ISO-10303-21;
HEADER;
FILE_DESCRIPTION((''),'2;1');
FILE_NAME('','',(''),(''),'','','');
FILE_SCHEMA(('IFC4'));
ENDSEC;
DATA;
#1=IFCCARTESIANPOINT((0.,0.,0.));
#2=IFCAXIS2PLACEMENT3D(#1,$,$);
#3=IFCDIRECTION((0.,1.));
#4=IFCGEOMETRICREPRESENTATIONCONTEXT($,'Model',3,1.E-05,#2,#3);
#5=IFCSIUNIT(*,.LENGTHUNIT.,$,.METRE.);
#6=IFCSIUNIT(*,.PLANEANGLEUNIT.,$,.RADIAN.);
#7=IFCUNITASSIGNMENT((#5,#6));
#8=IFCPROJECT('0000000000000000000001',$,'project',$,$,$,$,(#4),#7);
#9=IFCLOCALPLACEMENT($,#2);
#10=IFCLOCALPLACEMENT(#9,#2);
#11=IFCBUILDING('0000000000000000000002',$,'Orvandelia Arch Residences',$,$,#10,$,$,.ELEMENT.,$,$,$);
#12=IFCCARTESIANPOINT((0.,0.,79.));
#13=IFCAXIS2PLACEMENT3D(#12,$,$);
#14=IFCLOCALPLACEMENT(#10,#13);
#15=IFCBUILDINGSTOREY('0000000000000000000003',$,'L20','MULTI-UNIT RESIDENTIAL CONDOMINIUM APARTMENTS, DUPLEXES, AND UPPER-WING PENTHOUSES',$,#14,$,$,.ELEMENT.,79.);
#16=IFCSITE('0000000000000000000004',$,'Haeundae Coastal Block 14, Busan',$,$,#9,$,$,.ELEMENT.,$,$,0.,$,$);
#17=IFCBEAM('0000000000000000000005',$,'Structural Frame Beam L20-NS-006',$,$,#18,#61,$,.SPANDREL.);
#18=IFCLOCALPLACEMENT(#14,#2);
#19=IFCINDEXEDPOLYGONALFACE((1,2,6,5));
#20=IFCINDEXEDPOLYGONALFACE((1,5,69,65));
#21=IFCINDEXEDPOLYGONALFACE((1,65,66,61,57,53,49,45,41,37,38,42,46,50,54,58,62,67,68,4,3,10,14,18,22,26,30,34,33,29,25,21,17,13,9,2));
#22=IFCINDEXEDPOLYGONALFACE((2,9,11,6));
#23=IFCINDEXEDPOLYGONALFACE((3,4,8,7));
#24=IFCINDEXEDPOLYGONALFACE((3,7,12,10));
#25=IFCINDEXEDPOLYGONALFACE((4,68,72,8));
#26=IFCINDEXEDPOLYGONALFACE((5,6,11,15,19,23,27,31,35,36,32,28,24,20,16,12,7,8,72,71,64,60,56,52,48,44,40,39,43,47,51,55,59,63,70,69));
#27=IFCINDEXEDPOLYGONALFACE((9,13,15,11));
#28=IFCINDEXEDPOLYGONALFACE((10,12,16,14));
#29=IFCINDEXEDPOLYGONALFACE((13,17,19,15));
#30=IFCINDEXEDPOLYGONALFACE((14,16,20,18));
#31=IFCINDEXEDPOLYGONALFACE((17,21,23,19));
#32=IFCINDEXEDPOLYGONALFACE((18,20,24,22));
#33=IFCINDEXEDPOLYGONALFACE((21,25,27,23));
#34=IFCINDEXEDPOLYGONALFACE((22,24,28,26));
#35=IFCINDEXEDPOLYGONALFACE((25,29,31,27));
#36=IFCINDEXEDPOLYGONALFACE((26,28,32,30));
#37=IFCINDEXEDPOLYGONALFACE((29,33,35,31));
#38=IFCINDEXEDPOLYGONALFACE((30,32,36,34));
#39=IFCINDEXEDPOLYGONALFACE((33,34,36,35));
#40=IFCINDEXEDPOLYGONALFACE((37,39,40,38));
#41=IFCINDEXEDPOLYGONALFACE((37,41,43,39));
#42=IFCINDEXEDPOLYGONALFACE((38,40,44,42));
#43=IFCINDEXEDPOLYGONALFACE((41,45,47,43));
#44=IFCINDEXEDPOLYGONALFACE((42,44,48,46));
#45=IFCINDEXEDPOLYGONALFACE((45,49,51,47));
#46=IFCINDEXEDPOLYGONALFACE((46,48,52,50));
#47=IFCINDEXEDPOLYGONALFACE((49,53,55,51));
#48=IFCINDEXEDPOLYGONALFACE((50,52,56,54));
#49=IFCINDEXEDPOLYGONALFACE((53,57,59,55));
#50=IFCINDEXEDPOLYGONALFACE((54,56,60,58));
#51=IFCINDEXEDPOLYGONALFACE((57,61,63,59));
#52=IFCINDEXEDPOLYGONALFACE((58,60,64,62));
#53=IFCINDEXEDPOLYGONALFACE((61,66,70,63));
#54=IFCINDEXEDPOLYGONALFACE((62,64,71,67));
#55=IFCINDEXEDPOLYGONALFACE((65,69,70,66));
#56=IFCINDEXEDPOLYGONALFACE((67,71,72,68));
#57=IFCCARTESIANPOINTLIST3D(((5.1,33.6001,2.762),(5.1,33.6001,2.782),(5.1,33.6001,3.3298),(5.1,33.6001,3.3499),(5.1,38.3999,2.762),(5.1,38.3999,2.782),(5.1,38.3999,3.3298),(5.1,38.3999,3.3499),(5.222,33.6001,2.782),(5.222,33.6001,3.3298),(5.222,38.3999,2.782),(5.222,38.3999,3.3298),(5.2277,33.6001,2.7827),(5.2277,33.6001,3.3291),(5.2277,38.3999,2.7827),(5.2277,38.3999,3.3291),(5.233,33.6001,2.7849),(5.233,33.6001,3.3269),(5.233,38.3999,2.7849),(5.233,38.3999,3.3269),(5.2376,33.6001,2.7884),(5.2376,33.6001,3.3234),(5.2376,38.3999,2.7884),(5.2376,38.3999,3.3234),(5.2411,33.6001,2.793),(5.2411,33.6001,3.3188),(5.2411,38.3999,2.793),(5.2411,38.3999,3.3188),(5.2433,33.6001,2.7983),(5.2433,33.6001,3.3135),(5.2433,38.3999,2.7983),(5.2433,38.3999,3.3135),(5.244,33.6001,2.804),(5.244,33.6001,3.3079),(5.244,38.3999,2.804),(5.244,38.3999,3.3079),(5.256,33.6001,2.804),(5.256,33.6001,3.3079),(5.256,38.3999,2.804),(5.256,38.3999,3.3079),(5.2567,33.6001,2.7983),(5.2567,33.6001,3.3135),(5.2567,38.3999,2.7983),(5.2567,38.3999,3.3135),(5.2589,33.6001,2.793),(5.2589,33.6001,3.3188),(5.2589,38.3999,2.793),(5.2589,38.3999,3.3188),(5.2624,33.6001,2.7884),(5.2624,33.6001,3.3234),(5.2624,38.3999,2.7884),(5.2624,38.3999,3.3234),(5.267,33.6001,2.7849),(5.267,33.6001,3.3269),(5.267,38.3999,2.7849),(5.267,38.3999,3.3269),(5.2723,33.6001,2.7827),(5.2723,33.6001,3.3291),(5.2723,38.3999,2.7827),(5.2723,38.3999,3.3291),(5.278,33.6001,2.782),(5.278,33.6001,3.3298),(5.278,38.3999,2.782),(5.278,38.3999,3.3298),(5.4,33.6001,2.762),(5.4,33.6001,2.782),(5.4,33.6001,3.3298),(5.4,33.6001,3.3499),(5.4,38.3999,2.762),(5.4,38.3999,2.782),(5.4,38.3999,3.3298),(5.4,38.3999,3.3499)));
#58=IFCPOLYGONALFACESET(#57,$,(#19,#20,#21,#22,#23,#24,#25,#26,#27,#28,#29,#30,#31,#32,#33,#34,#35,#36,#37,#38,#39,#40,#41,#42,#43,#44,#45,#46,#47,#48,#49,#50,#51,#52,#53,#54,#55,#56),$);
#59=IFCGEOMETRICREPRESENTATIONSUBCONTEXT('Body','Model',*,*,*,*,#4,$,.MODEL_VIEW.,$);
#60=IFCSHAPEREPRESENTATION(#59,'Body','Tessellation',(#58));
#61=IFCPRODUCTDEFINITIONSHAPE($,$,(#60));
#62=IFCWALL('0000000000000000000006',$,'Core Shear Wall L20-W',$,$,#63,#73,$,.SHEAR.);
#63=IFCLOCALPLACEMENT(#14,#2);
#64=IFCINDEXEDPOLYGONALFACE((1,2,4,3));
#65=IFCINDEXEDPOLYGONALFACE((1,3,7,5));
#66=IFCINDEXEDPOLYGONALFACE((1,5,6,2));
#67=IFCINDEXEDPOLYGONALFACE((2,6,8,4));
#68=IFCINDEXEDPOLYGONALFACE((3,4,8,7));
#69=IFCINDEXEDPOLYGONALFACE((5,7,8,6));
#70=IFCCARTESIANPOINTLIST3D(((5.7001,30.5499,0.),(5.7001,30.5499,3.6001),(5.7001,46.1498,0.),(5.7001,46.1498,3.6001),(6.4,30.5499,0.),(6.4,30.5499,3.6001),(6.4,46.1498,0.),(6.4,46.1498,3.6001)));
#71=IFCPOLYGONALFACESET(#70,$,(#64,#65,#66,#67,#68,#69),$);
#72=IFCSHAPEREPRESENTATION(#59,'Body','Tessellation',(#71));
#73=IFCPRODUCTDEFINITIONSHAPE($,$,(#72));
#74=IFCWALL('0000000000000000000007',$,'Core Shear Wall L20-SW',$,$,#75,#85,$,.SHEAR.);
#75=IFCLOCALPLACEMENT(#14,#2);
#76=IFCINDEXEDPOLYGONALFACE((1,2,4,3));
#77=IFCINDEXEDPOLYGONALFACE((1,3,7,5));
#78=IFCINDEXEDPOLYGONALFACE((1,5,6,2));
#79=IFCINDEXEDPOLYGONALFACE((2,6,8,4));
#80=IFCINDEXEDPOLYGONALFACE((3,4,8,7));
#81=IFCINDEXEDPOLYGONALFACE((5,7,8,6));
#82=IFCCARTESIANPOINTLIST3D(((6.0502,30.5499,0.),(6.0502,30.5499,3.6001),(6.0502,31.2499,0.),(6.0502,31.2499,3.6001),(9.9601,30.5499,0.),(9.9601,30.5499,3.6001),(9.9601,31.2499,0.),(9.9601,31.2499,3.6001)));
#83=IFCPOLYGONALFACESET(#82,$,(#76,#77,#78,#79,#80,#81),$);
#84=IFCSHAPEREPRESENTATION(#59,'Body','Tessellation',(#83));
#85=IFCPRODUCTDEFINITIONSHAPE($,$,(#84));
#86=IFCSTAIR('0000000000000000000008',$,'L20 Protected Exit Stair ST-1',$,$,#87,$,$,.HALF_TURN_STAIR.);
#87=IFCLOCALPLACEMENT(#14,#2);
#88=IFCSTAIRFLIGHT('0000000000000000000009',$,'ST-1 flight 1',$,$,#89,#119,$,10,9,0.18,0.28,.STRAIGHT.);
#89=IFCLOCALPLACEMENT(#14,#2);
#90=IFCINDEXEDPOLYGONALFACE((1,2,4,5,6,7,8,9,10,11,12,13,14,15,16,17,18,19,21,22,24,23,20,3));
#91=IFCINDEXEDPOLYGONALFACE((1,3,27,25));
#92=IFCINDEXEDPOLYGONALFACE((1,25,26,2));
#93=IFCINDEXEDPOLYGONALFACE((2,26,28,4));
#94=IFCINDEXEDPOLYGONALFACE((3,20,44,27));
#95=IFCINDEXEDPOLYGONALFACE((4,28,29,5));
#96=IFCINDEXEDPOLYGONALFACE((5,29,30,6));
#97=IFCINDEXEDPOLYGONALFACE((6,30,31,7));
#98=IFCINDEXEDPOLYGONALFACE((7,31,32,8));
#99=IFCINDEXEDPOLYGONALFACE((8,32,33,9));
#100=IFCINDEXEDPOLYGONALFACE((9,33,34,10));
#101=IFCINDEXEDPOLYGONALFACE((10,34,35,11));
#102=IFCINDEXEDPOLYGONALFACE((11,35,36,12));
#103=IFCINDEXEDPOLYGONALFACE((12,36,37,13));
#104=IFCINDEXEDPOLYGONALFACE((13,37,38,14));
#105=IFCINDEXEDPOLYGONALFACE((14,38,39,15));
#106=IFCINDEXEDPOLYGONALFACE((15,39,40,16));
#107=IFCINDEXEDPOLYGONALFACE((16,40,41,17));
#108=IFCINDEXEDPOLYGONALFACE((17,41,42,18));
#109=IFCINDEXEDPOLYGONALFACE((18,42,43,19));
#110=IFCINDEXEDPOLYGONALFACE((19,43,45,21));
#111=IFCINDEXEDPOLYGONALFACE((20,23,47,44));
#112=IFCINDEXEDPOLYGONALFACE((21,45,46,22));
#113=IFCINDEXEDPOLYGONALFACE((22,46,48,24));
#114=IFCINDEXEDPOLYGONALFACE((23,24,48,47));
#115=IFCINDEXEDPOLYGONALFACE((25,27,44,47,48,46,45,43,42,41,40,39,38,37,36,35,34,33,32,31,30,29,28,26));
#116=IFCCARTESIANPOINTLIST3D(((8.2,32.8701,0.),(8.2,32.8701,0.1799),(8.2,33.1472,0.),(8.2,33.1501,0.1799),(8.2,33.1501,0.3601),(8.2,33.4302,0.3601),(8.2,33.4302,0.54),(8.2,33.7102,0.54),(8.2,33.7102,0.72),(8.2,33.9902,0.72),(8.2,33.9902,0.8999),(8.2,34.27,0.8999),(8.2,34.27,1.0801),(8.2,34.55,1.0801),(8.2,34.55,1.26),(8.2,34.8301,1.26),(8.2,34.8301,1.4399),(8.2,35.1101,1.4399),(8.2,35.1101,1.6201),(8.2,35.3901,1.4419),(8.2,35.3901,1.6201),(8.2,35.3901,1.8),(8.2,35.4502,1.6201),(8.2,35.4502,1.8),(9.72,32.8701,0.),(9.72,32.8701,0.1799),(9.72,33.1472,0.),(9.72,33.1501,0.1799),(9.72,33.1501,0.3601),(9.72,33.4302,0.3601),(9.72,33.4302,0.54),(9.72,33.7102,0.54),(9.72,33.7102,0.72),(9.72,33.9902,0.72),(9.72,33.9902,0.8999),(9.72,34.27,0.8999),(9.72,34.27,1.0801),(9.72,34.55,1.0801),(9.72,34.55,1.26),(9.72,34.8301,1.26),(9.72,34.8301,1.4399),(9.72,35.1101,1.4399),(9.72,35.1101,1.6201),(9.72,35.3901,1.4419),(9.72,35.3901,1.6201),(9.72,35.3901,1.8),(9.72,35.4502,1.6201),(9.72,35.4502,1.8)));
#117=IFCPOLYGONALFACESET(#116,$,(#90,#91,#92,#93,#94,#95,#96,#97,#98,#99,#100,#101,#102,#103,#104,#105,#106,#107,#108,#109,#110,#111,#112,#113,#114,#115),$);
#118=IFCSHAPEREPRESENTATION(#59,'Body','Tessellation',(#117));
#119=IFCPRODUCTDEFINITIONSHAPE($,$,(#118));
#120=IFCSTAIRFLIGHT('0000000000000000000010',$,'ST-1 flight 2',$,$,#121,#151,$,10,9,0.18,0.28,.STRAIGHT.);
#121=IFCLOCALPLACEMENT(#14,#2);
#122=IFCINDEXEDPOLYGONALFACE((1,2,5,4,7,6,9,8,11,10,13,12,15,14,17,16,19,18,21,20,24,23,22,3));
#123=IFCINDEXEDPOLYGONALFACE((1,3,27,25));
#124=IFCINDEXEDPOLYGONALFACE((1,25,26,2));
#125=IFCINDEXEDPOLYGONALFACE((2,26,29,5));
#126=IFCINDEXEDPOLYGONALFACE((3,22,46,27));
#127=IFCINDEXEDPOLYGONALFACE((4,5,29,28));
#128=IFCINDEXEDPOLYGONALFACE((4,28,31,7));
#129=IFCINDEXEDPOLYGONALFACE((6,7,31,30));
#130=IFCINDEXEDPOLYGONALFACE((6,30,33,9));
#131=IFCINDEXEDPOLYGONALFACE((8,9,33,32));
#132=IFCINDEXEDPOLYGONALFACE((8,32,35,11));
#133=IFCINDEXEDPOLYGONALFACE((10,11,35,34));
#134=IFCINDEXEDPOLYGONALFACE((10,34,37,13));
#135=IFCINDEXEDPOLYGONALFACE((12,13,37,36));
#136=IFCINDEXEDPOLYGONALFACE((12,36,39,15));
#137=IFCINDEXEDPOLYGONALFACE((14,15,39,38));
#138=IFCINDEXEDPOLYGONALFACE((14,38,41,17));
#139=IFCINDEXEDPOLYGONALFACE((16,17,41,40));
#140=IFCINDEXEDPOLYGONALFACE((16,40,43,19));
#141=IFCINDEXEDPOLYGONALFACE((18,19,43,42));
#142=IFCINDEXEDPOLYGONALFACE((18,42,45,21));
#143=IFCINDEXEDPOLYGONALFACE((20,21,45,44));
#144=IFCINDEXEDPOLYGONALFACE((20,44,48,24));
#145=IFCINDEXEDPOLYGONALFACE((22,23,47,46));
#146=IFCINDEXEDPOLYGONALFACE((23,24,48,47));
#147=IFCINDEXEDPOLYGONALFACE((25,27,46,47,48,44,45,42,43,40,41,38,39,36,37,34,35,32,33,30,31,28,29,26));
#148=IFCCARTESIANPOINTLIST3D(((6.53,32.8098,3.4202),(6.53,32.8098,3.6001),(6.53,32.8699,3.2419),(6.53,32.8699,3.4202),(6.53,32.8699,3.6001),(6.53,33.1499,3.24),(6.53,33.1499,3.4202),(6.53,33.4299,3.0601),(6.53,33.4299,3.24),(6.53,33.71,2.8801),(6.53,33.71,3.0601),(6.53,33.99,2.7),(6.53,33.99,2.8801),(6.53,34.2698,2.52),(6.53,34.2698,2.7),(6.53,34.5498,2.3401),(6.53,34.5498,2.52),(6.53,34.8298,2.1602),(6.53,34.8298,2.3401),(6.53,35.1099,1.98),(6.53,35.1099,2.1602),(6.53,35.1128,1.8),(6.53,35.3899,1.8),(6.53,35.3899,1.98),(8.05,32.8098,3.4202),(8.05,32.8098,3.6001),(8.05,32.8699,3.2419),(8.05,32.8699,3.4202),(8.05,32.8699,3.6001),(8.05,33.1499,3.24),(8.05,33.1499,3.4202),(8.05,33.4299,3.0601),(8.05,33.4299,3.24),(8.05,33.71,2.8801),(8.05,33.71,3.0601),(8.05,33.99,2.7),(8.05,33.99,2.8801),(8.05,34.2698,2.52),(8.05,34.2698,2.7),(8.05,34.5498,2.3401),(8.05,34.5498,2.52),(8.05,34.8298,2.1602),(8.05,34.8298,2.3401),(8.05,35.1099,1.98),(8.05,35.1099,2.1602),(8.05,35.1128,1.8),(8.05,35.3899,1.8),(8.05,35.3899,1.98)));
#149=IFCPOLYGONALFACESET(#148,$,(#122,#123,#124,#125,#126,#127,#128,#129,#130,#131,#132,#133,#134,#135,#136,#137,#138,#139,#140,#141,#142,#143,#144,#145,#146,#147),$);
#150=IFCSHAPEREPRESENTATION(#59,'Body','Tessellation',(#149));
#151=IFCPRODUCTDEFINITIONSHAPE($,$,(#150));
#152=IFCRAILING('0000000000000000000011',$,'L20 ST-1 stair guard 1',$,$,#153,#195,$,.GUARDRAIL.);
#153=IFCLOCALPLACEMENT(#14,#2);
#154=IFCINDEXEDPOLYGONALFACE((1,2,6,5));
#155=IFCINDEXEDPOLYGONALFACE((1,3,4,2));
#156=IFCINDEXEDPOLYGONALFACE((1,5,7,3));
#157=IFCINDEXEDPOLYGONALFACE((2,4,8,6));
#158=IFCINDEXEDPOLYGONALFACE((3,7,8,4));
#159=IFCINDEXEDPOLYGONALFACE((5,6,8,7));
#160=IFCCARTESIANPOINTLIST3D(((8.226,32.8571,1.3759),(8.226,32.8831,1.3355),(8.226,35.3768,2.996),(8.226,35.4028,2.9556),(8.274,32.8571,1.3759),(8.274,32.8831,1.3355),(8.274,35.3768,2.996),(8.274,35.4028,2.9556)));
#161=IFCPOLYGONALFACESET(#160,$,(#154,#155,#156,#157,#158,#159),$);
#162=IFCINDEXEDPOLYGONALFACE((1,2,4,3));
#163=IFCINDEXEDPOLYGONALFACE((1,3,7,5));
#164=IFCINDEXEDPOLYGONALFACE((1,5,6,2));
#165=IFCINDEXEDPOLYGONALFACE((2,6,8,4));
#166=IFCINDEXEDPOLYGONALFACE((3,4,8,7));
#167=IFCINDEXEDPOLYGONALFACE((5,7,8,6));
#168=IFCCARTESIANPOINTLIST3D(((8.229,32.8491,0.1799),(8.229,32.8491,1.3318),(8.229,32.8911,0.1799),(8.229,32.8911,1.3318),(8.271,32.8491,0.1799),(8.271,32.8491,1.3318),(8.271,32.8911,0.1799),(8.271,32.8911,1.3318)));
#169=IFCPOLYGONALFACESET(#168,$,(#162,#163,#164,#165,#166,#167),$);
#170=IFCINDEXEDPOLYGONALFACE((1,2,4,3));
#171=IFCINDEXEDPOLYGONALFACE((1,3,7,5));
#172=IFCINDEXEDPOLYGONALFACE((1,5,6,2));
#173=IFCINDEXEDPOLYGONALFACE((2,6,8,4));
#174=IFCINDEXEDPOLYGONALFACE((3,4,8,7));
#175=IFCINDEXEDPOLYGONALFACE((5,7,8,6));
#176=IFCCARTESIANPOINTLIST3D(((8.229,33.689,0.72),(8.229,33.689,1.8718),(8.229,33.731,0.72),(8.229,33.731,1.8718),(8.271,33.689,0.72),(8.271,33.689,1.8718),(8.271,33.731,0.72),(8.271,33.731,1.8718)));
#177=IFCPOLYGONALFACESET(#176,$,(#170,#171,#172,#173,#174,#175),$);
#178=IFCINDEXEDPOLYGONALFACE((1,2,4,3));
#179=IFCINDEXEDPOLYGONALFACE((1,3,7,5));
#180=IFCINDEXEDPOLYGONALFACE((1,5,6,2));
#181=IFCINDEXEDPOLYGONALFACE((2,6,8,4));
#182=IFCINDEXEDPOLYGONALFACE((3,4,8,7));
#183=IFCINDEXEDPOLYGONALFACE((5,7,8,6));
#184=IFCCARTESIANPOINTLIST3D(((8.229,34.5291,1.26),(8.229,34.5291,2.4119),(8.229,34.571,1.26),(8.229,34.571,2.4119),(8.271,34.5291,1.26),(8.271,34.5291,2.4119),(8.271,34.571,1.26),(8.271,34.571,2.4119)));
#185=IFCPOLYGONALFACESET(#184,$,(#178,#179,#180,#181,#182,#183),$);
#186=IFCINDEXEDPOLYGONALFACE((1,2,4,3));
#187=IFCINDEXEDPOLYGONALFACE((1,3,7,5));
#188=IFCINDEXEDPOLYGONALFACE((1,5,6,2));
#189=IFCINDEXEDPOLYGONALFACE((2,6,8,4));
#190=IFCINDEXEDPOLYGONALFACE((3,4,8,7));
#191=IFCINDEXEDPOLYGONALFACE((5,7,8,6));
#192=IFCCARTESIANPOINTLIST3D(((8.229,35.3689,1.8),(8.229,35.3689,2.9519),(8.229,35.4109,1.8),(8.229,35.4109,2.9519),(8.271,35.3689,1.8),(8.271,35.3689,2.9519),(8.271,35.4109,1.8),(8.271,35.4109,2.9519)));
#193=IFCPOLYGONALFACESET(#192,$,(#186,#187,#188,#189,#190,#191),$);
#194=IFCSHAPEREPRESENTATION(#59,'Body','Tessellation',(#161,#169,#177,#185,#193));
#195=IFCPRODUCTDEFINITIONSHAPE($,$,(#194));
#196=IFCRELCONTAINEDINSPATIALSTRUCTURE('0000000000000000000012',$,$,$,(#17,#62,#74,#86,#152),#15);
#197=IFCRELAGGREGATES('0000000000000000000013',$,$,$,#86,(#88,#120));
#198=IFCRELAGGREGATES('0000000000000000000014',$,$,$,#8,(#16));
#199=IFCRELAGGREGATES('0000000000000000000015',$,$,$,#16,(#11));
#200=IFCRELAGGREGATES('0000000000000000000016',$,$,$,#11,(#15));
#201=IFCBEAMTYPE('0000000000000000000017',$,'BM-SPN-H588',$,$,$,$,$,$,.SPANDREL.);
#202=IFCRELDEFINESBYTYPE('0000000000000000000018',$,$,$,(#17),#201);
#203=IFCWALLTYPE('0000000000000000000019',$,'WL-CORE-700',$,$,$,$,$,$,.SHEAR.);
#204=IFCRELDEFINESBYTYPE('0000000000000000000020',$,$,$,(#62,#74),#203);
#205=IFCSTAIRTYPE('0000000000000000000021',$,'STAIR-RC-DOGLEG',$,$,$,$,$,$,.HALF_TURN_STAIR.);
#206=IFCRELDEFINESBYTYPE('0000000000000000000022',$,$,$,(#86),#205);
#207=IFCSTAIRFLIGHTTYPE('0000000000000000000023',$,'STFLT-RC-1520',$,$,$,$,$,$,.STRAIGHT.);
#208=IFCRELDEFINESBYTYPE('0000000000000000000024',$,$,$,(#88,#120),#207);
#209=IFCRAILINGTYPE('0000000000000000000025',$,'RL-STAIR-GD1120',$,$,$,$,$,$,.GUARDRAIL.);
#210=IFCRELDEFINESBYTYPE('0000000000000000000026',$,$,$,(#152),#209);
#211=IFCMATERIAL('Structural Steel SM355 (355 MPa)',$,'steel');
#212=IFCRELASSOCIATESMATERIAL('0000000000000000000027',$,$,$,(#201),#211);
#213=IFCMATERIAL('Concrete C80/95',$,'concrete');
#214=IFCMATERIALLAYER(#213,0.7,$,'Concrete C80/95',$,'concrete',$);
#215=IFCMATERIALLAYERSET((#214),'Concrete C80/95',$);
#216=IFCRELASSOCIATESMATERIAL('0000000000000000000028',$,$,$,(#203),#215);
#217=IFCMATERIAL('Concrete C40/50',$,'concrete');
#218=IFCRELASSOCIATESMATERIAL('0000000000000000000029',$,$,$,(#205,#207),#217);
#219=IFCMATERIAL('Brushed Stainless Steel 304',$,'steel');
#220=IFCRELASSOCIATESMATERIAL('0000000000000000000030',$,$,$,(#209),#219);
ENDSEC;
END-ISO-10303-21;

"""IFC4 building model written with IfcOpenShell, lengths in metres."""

from ifc_helpers import new_model, si_unit, direction, frame, frame_2d, origin, origin_2d, place, context, subcontext, project, spatial, polyline, rectangle, i_section, outline, extrude, material, layer, layer_set, material_profile, profile_set, type_object, element, aggregate, save


model = new_model("IFC4")

# Units and contexts
model_context = context("Model", 3, precision=1e-05, world=origin(), true_north=direction((0.0, 1.0)))
body_context = subcontext(model_context, "Body", "Model", "MODEL_VIEW")
ifc_project = project(units=[si_unit("LENGTHUNIT", "METRE"), si_unit("PLANEANGLEUNIT", "RADIAN")], contexts=[model_context])

# Site, building, storey
site_placement = place(None, origin())
site = spatial("IfcSite", under=ifc_project, at=site_placement, Name="Haeundae Coastal Block 14, Busan", CompositionType="ELEMENT", RefElevation=0.0)
building_placement = place(site_placement, origin())
building = spatial("IfcBuilding", under=site, at=building_placement, Name="Orvandelia Arch Residences", CompositionType="ELEMENT")
storey_placement = place(building_placement, frame((0.0, 0.0, 79.0)))
storey = spatial("IfcBuildingStorey", under=building, at=storey_placement, Name="L20", Description="MULTI-UNIT RESIDENTIAL CONDOMINIUM APARTMENTS, DUPLEXES, AND UPPER-WING PENTHOUSES", CompositionType="ELEMENT", Elevation=79.0)

# Shared definitions
ifc_material_1 = material(Name="Concrete C80/95", Category="concrete")

# Beam
ifc_material_2 = material(Name="Structural Steel SM355 (355 MPa)", Category="steel")
ifc_material_profile_1 = material_profile(ifc_material_2, i_section(OverallWidth=0.3, OverallDepth=0.5879, WebThickness=0.012, FlangeThickness=0.02, FilletRadius=0.022, at=origin_2d()), Name="Structural Steel SM355 (355 MPa)", Category="steel")
ifc_profile_set_1 = profile_set([ifc_material_profile_1], Name="Structural Steel SM355 (355 MPa)")
beam_type_1 = type_object("IfcBeamType", Name="BM-SPN-H588", PredefinedType="SPANDREL", material=ifc_profile_set_1)
beam_1_placement = place(storey_placement, frame((5.25, 33.6001, 3.0559), z_axis=(0.0, 1.0, 0.0), x_axis=(-1.0, 0.0, 0.0)))
element("IfcBeam", 1, at=beam_1_placement, inside=storey, type_object=beam_type_1, Name="Structural Frame Beam L20-NS-006", PredefinedType="SPANDREL", context=body_context, shape_type="SweptSolid", body=[
    extrude(i_section(OverallWidth=0.3, OverallDepth=0.5879, WebThickness=0.012, FlangeThickness=0.02, FilletRadius=0.022, at=origin_2d()), origin(), (0.0, 0.0, 1.0), 4.7998),
])

# Walls
ifc_layer = layer(ifc_material_1, 0.7, Name="Concrete C80/95", Category="concrete")
ifc_layer_set = layer_set([ifc_layer], Name="Concrete C80/95")
wall_type = type_object("IfcWallType", Name="WL-CORE-700", PredefinedType="SHEAR", material=ifc_layer_set)
wall_1_placement = place(storey_placement, frame((6.05, 30.55, 0.0), z_axis=(0.0, 0.0, 1.0), x_axis=(0.0, 1.0, 0.0)))
element("IfcWall", 2, at=wall_1_placement, inside=storey, type_object=wall_type, Name="Core Shear Wall L20-W", PredefinedType="SHEAR", context=body_context, shape_type="SweptSolid", body=[
    extrude(rectangle(XDim=15.5999, YDim=0.7, at=frame_2d((7.7998, 0.0))), origin(), (0.0, 0.0, 1.0), 3.6001),
])
wall_2_placement = place(storey_placement, frame((6.05, 30.8999, 0.0), z_axis=(0.0, 0.0, 1.0), x_axis=(1.0, 0.0, 0.0)))
element("IfcWall", 3, at=wall_2_placement, inside=storey, type_object=wall_type, Name="Core Shear Wall L20-SW", PredefinedType="SHEAR", context=body_context, shape_type="SweptSolid", body=[
    extrude(rectangle(XDim=3.9099, YDim=0.7, at=frame_2d((1.9551, 0.0))), origin(), (0.0, 0.0, 1.0), 3.6001),
])

# Stair, stair flights
ifc_material_3 = material(Name="Concrete C40/50", Category="concrete")
stair_type = type_object("IfcStairType", Name="STAIR-RC-DOGLEG", PredefinedType="HALF_TURN_STAIR", material=ifc_material_3)
stair_placement = place(storey_placement, origin())
stair = element("IfcStair", 4, at=stair_placement, inside=storey, type_object=stair_type, Name="L20 Protected Exit Stair ST-1", PredefinedType="HALF_TURN_STAIR")
stair_flight_type = type_object("IfcStairFlightType", Name="STFLT-RC-1520", PredefinedType="STRAIGHT", material=ifc_material_3)
stair_flight_1_placement = place(storey_placement, frame((8.96, 32.8701, 0.0), z_axis=(0.0, 0.0, 1.0), x_axis=(0.0, 1.0, 0.0)))
stair_flight_1 = element("IfcStairFlight", 5, at=stair_flight_1_placement, type_object=stair_flight_type, Name="ST-1 flight 1", NumberOfRisers=10, NumberOfTreads=9, PredefinedType="STRAIGHT", RiserHeight=0.18, TreadLength=0.28, context=body_context, shape_type="SweptSolid", body=[
    extrude(outline(polyline([(0.0, 0.0), (0.0, 0.1799), (0.28, 0.1799), (0.28, 0.3601), (0.5601, 0.3601), (0.5601, 0.54), (0.8401, 0.54), (0.8401, 0.72), (1.1201, 0.72), (1.1201, 0.8999), (1.3999, 0.8999), (1.3999, 1.0801), (1.6799, 1.0801), (1.6799, 1.26), (1.96, 1.26), (1.96, 1.4399), (2.24, 1.4399), (2.24, 1.6201), (2.52, 1.6201), (2.52, 1.8), (2.5801, 1.8), (2.5801, 1.6201), (2.52, 1.4419), (0.2771, 0.0), (0.0, 0.0)])), frame((0.0, 0.76, 0.0), z_axis=(0.0, -1.0, 0.0), x_axis=(1.0, 0.0, 0.0)), (0.0, 0.0, 1.0), 1.52),
])
stair_flight_2_placement = place(storey_placement, frame((7.29, 35.3899, 1.8), z_axis=(0.0, 0.0, 1.0), x_axis=(0.0, -1.0, 0.0)))
stair_flight_2 = element("IfcStairFlight", 6, at=stair_flight_2_placement, type_object=stair_flight_type, Name="ST-1 flight 2", NumberOfRisers=10, NumberOfTreads=9, PredefinedType="STRAIGHT", RiserHeight=0.18, TreadLength=0.28, context=body_context, shape_type="SweptSolid", body=[
    extrude(outline(polyline([(0.0, 0.0), (0.0, 0.1799), (0.28, 0.1799), (0.28, 0.3601), (0.5601, 0.3601), (0.5601, 0.54), (0.8401, 0.54), (0.8401, 0.72), (1.1201, 0.72), (1.1201, 0.8999), (1.3999, 0.8999), (1.3999, 1.0801), (1.6799, 1.0801), (1.6799, 1.26), (1.96, 1.26), (1.96, 1.4399), (2.24, 1.4399), (2.24, 1.6201), (2.52, 1.6201), (2.52, 1.8), (2.5801, 1.8), (2.5801, 1.6201), (2.52, 1.4419), (0.2771, 0.0), (0.0, 0.0)])), frame((0.0, 0.76, 0.0), z_axis=(0.0, -1.0, 0.0), x_axis=(1.0, 0.0, 0.0)), (0.0, 0.0, 1.0), 1.52),
])
aggregate(stair, [stair_flight_1, stair_flight_2])

# Railing
ifc_material_4 = material(Name="Brushed Stainless Steel 304", Category="steel")
railing_type_1 = type_object("IfcRailingType", Name="RL-STAIR-GD1120", PredefinedType="GUARDRAIL", material=ifc_material_4)
railing_1_placement = place(storey_placement, frame((8.25, 32.8701, 0.1799)))
element("IfcRailing", 7, at=railing_1_placement, inside=storey, type_object=railing_type_1, Name="L20 ST-1 stair guard 1", PredefinedType="GUARDRAIL", context=body_context, shape_type="SweptSolid", body=[
    extrude(rectangle(XDim=0.0481, YDim=0.0481, at=origin_2d()), frame((0.0, 0.0, 1.1758), z_axis=(0.0, 0.841139, 0.540819), x_axis=(-1.0, 0.0, 0.0)), (0.0, 0.0, 1.0), 2.9956),
    extrude(rectangle(XDim=0.042, YDim=0.042, at=origin_2d()), origin(), (0.0, 0.0, 1.0), 1.1519),
    extrude(rectangle(XDim=0.042, YDim=0.042, at=origin_2d()), frame((0.0, 0.8398, 0.54)), (0.0, 0.0, 1.0), 1.1519),
    extrude(rectangle(XDim=0.042, YDim=0.042, at=origin_2d()), frame((0.0, 1.6799, 1.0801)), (0.0, 0.0, 1.0), 1.1519),
    extrude(rectangle(XDim=0.042, YDim=0.042, at=origin_2d()), frame((0.0, 2.5198, 1.6201)), (0.0, 0.0, 1.0), 1.1519),
])

save(model, "model.ifc")
